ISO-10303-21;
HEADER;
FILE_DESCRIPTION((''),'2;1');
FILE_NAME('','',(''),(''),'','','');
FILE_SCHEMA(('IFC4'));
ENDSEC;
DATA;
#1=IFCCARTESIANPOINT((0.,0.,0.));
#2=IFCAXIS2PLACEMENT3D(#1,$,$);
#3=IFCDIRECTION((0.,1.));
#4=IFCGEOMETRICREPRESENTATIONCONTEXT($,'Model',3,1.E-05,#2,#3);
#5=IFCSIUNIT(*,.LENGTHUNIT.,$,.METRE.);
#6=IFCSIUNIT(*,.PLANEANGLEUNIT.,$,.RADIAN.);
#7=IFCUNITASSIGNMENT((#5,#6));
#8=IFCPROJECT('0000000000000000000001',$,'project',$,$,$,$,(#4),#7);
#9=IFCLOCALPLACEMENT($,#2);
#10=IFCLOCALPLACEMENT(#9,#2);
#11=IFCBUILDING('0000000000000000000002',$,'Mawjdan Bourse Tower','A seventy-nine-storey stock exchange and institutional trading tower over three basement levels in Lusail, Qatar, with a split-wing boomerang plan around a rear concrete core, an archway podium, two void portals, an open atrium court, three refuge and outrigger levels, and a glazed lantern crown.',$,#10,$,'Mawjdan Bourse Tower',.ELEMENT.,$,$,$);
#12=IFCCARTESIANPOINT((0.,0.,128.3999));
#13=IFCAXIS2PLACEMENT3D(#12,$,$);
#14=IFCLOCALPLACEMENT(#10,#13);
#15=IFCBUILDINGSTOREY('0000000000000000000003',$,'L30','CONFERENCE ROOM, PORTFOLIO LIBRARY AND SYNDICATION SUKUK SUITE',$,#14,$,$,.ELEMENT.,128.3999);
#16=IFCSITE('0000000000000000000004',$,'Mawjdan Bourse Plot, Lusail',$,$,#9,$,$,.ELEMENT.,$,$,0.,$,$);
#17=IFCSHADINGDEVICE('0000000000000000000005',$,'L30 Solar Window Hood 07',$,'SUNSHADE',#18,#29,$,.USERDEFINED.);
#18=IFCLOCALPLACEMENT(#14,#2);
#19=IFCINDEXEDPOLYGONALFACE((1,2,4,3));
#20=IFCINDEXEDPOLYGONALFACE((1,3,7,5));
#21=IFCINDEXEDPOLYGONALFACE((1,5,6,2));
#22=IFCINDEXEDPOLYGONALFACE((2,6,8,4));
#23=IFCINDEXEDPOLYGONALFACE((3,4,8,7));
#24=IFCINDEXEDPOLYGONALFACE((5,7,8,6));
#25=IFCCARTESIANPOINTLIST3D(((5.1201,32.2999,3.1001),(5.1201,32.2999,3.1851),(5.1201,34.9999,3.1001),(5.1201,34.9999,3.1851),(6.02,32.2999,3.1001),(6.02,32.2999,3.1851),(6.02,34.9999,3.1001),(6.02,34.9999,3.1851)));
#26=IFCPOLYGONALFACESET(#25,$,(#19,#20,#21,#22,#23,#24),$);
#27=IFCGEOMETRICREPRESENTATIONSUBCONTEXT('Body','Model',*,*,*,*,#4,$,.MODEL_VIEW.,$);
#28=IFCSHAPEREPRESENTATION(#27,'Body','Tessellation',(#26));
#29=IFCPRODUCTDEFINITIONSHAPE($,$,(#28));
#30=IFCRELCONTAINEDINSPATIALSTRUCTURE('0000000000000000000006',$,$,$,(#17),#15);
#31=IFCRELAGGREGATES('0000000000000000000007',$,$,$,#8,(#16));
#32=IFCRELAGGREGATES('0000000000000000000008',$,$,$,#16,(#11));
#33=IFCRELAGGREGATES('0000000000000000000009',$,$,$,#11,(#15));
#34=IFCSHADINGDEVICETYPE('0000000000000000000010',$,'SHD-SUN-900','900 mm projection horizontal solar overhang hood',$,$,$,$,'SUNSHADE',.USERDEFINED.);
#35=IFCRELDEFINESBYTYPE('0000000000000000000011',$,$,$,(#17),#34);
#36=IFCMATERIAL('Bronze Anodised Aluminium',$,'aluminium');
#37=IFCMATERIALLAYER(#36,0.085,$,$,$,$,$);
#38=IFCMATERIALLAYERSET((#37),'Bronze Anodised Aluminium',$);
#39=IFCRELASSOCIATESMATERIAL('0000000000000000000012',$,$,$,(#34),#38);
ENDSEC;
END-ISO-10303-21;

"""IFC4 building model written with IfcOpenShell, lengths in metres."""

from ifc_helpers import new_model, si_unit, direction, frame, origin, origin_2d, place, context, subcontext, project, spatial, rectangle, extrude, material, layer, layer_set, type_object, element, save


model = new_model("IFC4")

# Units and contexts
model_context = context("Model", 3, precision=1e-05, world=origin(), true_north=direction((0.0, 1.0)))
body_context = subcontext(model_context, "Body", "Model", "MODEL_VIEW")
ifc_project = project(units=[si_unit("LENGTHUNIT", "METRE"), si_unit("PLANEANGLEUNIT", "RADIAN")], contexts=[model_context])

# Site, building, storey
site_placement = place(None, origin())
site = spatial("IfcSite", under=ifc_project, at=site_placement, Name="Mawjdan Bourse Plot, Lusail", CompositionType="ELEMENT", RefElevation=0.0)
building_placement = place(site_placement, origin())
building = spatial("IfcBuilding", under=site, at=building_placement, Name="Mawjdan Bourse Tower", Description="A seventy-nine-storey stock exchange and institutional trading tower over three basement levels in Lusail, Qatar, with a split-wing boomerang plan around a rear concrete core, an archway podium, two void portals, an open atrium court, three refuge and outrigger levels, and a glazed lantern crown.", LongName="Mawjdan Bourse Tower", CompositionType="ELEMENT")
storey_placement = place(building_placement, frame((0.0, 0.0, 128.3999)))
storey = spatial("IfcBuildingStorey", under=building, at=storey_placement, Name="L30", Description="CONFERENCE ROOM, PORTFOLIO LIBRARY AND SYNDICATION SUKUK SUITE", CompositionType="ELEMENT", Elevation=128.3999)

# Shading device
ifc_material_1 = material(Name="Bronze Anodised Aluminium", Category="aluminium")
ifc_layer_1 = layer(ifc_material_1, 0.085)
ifc_layer_set_1 = layer_set([ifc_layer_1], Name="Bronze Anodised Aluminium")
shading_device_type = type_object("IfcShadingDeviceType", Name="SHD-SUN-900", Description="900 mm projection horizontal solar overhang hood", ElementType="SUNSHADE", PredefinedType="USERDEFINED", material=ifc_layer_set_1)
shading_device_placement = place(storey_placement, frame((5.5701, 33.6499, 3.1001), z_axis=(0.0, 0.0, 1.0), x_axis=(0.0, -1.0, 0.0)))
element("IfcShadingDevice", 1, at=shading_device_placement, inside=storey, type_object=shading_device_type, Name="L30 Solar Window Hood 07", ObjectType="SUNSHADE", PredefinedType="USERDEFINED", context=body_context, shape_type="SweptSolid", body=[
    extrude(rectangle(XDim=2.7, YDim=0.8999, at=origin_2d()), origin(), (0.0, 0.0, 1.0), 0.085),
])

save(model, "model.ifc")
